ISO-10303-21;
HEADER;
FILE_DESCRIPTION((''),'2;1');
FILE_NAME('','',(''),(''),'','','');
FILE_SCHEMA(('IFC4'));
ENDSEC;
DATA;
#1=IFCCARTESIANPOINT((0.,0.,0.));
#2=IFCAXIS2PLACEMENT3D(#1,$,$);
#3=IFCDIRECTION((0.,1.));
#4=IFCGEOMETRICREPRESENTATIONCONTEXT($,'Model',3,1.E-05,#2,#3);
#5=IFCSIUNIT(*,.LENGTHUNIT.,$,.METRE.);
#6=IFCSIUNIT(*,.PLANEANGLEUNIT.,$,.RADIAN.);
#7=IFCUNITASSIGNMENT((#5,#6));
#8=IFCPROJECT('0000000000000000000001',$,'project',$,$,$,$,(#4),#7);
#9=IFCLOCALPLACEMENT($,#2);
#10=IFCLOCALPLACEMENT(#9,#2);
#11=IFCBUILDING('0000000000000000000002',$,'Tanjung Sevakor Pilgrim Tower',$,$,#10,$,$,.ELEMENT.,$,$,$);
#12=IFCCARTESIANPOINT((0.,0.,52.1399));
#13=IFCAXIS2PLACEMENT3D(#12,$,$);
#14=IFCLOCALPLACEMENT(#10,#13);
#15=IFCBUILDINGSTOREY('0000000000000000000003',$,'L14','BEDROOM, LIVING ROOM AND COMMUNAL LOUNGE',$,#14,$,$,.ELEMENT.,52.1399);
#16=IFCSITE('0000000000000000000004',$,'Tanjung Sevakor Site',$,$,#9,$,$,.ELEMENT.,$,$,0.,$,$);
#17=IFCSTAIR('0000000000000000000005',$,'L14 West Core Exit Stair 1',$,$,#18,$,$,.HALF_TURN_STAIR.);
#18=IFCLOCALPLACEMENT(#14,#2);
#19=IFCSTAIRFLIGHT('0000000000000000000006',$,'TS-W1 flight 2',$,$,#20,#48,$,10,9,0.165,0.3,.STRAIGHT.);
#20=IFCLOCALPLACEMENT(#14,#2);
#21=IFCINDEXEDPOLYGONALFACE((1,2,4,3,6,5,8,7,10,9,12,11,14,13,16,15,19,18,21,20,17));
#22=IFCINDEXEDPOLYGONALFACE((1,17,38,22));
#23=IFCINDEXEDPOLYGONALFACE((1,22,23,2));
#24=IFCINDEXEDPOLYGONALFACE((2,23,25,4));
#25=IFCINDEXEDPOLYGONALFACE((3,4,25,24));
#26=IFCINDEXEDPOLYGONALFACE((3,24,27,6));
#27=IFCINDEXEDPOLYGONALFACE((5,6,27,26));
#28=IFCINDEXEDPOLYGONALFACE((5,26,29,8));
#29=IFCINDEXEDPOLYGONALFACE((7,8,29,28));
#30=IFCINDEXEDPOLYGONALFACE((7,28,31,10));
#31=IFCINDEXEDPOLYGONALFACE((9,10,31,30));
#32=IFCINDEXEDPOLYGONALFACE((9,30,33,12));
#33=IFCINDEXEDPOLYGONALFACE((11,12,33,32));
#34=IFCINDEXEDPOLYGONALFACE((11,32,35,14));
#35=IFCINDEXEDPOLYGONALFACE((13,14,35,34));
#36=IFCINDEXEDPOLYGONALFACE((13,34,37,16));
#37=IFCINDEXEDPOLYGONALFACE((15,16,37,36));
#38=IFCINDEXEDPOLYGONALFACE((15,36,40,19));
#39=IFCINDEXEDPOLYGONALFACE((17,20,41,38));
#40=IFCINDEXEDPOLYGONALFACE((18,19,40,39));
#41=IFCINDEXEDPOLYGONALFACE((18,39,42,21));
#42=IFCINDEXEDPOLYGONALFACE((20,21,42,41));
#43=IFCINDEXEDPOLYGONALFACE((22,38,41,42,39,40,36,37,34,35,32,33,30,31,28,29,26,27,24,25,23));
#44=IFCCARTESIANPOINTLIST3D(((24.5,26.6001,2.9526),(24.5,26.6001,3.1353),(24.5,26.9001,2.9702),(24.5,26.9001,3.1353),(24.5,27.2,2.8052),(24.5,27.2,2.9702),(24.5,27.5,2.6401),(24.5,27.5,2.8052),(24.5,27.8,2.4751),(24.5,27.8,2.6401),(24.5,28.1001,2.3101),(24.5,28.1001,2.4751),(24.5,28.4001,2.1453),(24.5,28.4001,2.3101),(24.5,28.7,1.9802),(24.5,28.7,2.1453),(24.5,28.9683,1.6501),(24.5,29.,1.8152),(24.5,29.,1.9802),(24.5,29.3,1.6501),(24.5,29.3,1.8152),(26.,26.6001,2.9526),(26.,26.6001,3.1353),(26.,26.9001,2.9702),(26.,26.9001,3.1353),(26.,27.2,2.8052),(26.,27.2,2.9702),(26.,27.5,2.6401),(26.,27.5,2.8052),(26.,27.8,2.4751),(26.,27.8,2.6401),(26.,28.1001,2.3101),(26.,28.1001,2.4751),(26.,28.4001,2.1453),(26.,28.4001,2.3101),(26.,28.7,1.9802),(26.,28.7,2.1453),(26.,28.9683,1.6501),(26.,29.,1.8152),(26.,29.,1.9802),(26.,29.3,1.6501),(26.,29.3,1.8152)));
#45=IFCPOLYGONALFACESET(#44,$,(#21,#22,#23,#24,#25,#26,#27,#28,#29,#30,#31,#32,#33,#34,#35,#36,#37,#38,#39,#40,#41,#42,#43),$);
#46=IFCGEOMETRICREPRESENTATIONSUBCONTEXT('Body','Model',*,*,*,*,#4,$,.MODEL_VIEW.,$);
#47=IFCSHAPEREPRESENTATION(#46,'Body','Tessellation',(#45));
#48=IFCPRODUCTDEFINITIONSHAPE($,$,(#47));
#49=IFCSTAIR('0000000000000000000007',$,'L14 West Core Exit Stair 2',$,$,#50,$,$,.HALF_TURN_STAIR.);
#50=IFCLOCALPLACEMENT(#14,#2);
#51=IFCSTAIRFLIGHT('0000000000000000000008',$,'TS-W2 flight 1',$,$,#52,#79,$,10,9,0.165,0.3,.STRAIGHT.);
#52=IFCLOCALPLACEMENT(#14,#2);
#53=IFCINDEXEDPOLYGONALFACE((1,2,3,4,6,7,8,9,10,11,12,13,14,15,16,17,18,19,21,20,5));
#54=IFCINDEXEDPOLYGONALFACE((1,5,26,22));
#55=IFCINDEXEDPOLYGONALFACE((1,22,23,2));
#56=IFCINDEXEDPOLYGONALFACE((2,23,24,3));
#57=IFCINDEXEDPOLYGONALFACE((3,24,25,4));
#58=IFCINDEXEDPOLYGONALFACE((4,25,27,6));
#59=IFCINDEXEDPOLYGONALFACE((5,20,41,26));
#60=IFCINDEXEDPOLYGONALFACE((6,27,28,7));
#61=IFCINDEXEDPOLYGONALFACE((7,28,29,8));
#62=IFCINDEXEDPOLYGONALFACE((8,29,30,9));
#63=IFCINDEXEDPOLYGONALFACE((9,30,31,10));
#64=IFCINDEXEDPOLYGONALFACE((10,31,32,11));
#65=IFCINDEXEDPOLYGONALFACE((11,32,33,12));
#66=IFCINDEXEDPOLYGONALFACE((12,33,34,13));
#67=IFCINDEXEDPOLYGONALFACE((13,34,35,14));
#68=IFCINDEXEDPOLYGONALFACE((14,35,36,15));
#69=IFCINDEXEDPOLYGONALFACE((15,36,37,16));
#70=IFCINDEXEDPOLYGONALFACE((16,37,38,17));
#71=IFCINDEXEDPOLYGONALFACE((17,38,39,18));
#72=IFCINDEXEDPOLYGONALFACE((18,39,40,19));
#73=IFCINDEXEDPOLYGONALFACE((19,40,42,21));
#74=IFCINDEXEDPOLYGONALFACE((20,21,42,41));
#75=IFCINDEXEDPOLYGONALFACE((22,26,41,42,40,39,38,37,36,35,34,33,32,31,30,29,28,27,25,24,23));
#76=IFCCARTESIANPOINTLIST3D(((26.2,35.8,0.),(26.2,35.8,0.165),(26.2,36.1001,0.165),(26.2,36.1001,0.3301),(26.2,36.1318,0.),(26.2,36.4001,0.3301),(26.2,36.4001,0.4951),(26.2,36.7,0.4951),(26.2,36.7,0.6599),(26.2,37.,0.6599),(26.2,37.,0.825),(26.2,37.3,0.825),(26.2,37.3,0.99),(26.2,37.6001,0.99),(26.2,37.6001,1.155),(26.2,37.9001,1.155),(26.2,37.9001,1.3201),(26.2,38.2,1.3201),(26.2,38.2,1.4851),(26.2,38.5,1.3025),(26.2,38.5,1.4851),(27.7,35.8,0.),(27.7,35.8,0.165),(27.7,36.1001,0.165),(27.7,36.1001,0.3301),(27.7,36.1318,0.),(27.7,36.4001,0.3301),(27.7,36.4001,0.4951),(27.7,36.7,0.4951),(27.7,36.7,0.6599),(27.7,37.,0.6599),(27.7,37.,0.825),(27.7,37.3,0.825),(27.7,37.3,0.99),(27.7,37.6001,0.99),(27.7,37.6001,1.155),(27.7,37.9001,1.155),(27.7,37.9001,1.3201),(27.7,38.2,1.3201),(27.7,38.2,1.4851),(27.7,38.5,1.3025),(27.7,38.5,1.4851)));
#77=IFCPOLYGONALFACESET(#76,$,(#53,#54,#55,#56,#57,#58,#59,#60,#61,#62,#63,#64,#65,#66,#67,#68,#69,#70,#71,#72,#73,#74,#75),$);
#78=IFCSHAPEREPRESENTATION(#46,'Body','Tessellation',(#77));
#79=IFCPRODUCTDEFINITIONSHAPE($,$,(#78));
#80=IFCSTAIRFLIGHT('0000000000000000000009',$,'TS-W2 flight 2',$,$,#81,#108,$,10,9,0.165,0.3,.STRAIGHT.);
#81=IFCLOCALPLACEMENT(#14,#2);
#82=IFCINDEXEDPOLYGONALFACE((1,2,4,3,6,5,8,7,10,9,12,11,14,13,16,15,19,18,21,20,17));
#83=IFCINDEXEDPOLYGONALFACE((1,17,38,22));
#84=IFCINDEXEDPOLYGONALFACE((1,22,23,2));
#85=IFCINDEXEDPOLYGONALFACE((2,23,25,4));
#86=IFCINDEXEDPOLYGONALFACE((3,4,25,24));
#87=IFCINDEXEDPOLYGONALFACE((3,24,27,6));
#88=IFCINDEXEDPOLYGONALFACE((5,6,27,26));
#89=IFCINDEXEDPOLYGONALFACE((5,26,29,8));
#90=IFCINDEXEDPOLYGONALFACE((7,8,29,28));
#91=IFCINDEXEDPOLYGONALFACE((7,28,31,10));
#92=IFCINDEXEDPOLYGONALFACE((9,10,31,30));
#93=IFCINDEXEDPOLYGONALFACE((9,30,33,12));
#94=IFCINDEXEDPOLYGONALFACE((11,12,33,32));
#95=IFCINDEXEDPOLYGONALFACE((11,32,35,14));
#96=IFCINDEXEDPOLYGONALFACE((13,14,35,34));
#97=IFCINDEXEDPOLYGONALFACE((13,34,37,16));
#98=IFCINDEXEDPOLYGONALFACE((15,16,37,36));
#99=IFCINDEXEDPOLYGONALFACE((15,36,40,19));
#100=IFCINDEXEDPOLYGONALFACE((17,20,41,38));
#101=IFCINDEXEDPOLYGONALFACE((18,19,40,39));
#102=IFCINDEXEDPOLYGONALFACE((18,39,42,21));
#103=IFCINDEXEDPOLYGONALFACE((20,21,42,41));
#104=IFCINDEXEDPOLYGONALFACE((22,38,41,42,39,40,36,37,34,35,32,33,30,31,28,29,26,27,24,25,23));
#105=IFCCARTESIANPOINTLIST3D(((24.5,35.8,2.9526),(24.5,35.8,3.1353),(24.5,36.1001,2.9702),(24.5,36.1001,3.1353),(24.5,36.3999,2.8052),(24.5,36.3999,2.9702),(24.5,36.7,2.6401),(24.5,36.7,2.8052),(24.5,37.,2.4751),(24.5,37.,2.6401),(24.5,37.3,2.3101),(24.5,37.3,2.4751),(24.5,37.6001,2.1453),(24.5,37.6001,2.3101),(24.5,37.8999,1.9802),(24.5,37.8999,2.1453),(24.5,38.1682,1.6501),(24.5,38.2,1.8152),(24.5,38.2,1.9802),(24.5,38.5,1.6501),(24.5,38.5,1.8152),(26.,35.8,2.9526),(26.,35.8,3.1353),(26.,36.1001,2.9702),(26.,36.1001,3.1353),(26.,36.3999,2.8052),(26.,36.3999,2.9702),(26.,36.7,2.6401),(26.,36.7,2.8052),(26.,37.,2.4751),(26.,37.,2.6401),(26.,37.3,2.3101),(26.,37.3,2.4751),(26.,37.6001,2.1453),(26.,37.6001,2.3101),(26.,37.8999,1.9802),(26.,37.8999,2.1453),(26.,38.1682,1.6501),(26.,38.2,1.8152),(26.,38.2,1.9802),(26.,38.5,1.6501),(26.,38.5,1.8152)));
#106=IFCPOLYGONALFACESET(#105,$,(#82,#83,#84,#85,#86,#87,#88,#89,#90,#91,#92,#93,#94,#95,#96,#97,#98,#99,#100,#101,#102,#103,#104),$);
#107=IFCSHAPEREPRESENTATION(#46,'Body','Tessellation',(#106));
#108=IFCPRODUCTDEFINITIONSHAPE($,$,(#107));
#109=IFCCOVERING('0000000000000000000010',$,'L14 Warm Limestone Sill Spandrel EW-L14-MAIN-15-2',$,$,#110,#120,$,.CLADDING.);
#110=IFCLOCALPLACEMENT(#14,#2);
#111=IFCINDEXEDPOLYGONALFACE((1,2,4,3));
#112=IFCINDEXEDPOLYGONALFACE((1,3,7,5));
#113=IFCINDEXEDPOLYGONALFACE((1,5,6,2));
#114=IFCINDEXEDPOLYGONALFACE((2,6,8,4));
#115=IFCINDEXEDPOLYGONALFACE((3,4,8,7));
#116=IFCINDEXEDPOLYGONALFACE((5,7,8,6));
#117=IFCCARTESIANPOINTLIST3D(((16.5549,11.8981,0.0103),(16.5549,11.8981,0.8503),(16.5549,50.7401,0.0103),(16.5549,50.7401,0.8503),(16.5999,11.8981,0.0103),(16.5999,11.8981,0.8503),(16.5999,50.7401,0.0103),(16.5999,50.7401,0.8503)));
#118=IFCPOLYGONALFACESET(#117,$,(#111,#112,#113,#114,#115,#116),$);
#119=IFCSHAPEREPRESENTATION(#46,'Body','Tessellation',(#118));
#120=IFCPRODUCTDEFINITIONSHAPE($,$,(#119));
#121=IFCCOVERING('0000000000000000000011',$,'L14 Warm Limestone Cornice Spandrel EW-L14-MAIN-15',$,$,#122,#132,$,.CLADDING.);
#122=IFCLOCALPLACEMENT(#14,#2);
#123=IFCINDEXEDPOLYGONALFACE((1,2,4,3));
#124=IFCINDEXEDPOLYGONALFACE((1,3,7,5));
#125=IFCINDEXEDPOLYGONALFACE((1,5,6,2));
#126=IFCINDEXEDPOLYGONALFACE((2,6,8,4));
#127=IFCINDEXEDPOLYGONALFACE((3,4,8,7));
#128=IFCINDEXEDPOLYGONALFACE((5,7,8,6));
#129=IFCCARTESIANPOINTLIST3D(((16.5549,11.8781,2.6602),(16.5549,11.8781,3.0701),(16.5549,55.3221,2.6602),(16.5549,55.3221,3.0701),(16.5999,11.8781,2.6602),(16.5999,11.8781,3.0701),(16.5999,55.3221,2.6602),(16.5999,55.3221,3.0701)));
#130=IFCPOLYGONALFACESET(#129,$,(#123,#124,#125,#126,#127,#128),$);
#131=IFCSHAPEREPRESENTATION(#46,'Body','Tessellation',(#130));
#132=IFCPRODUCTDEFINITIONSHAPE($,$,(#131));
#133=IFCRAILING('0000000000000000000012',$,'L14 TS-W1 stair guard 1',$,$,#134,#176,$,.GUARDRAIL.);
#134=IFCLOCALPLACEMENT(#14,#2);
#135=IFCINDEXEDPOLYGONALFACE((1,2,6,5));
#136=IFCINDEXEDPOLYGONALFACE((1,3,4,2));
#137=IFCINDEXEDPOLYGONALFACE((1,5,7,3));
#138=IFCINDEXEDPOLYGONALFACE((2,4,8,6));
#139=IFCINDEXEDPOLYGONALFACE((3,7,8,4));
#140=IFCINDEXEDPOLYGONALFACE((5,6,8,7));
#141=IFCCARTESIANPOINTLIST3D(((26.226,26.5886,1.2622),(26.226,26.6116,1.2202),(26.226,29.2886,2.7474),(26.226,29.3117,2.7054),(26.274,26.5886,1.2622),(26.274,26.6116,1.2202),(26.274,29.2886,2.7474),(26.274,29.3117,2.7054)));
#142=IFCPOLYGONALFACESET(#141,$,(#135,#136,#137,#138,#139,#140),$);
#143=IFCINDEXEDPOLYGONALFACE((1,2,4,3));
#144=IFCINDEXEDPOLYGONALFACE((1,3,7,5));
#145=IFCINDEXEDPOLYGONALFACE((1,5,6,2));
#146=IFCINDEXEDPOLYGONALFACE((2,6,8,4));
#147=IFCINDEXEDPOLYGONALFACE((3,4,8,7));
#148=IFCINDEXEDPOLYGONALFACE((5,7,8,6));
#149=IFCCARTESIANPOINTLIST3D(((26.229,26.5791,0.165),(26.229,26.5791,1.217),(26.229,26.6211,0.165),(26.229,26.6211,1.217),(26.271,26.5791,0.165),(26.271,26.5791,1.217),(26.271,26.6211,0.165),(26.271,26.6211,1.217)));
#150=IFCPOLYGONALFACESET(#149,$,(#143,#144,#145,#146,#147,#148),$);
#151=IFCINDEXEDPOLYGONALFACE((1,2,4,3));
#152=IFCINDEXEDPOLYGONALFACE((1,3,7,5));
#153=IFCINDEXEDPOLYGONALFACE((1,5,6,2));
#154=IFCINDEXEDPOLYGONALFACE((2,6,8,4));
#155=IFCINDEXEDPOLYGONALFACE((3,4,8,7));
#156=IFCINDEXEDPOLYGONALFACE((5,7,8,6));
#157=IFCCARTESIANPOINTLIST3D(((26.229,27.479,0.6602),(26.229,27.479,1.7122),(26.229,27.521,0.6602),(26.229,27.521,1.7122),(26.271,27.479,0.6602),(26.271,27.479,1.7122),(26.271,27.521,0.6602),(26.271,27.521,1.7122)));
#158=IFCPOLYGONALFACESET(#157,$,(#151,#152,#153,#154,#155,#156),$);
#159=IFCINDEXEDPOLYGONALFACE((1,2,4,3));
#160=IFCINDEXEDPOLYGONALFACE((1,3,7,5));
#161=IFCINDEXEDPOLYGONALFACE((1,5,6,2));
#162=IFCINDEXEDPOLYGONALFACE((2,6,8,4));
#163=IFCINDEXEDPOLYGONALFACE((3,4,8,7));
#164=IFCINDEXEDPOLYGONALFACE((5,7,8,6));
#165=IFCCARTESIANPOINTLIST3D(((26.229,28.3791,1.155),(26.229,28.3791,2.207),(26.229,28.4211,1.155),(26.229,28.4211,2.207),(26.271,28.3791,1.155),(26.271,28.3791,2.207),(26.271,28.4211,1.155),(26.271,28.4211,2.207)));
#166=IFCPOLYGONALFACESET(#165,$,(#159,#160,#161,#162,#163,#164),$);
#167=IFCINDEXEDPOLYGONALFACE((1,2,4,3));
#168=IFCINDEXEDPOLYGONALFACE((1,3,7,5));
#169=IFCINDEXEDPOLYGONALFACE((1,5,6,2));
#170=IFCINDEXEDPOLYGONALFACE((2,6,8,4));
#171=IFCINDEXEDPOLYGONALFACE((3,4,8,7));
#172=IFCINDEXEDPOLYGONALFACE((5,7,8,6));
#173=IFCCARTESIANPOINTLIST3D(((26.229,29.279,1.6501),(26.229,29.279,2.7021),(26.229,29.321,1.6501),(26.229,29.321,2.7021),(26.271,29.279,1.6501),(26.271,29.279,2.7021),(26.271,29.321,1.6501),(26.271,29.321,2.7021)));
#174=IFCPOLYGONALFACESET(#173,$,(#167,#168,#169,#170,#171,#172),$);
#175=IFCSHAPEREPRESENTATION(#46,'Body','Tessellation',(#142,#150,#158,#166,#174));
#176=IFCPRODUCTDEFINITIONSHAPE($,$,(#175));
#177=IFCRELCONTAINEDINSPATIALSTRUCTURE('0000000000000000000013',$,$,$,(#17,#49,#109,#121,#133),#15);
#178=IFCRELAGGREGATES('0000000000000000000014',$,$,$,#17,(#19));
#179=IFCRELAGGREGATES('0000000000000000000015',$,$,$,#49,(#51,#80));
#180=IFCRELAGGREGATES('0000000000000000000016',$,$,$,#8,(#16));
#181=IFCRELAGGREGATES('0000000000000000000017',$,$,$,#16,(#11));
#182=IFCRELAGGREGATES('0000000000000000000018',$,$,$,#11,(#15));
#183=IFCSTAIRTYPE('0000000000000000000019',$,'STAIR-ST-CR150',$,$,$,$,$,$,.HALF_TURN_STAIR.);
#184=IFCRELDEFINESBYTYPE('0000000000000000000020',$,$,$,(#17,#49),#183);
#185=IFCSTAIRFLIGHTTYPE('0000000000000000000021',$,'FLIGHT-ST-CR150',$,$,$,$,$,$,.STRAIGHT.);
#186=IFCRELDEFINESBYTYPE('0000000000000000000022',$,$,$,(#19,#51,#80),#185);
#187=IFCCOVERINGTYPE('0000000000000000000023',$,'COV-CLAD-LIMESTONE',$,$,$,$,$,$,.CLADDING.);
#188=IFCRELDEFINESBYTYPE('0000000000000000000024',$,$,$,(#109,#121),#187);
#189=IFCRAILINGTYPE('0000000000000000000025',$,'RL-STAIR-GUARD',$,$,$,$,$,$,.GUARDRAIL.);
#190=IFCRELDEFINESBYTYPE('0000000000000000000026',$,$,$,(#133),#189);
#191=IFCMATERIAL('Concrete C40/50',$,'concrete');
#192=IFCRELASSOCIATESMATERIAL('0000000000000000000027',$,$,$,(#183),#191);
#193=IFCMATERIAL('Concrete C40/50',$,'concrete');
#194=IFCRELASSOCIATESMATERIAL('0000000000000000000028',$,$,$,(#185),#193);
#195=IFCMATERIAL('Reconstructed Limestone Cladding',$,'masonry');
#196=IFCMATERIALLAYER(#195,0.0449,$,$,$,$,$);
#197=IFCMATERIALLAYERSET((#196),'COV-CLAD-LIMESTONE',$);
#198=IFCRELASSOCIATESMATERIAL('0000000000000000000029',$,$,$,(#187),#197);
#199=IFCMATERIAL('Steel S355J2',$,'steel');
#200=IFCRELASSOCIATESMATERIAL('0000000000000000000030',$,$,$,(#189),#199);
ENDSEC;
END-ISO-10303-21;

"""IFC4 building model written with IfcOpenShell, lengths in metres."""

from ifc_helpers import new_model, si_unit, direction, frame, origin, origin_2d, place, context, subcontext, project, spatial, polyline, rectangle, outline, extrude, material, layer, layer_set, type_object, element, aggregate, save


model = new_model("IFC4")

# Units and contexts
model_context = context("Model", 3, precision=1e-05, world=origin(), true_north=direction((0.0, 1.0)))
body_context = subcontext(model_context, "Body", "Model", "MODEL_VIEW")
ifc_project = project(units=[si_unit("LENGTHUNIT", "METRE"), si_unit("PLANEANGLEUNIT", "RADIAN")], contexts=[model_context])

# Site, building, storey
site_placement = place(None, origin())
site = spatial("IfcSite", under=ifc_project, at=site_placement, Name="Tanjung Sevakor Site", CompositionType="ELEMENT", RefElevation=0.0)
building_placement = place(site_placement, origin())
building = spatial("IfcBuilding", under=site, at=building_placement, Name="Tanjung Sevakor Pilgrim Tower", CompositionType="ELEMENT")
storey_placement = place(building_placement, frame((0.0, 0.0, 52.1399)))
storey = spatial("IfcBuildingStorey", under=building, at=storey_placement, Name="L14", Description="BEDROOM, LIVING ROOM AND COMMUNAL LOUNGE", CompositionType="ELEMENT", Elevation=52.1399)

# Stairs, stair flights
ifc_material_1 = material(Name="Concrete C40/50", Category="concrete")
stair_type = type_object("IfcStairType", Name="STAIR-ST-CR150", PredefinedType="HALF_TURN_STAIR", material=ifc_material_1)
stair_1_placement = place(storey_placement, origin())
stair_1 = element("IfcStair", 1, at=stair_1_placement, inside=storey, type_object=stair_type, Name="L14 West Core Exit Stair 1", PredefinedType="HALF_TURN_STAIR")
ifc_material_2 = material(Name="Concrete C40/50", Category="concrete")
stair_flight_type = type_object("IfcStairFlightType", Name="FLIGHT-ST-CR150", PredefinedType="STRAIGHT", material=ifc_material_2)
stair_flight_1_placement = place(storey_placement, frame((25.25, 29.3, 1.6501), z_axis=(0.0, 0.0, 1.0), x_axis=(0.0, -1.0, 0.0)))
stair_flight_1 = element("IfcStairFlight", 2, at=stair_flight_1_placement, type_object=stair_flight_type, Name="TS-W1 flight 2", NumberOfRisers=10, NumberOfTreads=9, PredefinedType="STRAIGHT", RiserHeight=0.165, TreadLength=0.3, context=body_context, shape_type="SweptSolid", body=[
    extrude(outline(polyline([(0.0, 0.0), (0.0, 0.165), (0.3, 0.165), (0.3, 0.3301), (0.6001, 0.3301), (0.6001, 0.4951), (0.8999, 0.4951), (0.8999, 0.6599), (1.2, 0.6599), (1.2, 0.825), (1.5, 0.825), (1.5, 0.99), (1.8, 0.99), (1.8, 1.155), (2.1001, 1.155), (2.1001, 1.3201), (2.3999, 1.3201), (2.3999, 1.4851), (2.7, 1.4851), (2.7, 1.6499), (2.7, 1.3025), (0.3318, 0.0), (0.0, 0.0)])), frame((0.0, 0.75, 0.0), z_axis=(0.0, -1.0, 0.0), x_axis=(1.0, 0.0, 0.0)), (0.0, 0.0, 1.0), 1.5),
])
aggregate(stair_1, [stair_flight_1])
stair_2_placement = place(storey_placement, origin())
stair_2 = element("IfcStair", 3, at=stair_2_placement, inside=storey, type_object=stair_type, Name="L14 West Core Exit Stair 2", PredefinedType="HALF_TURN_STAIR")
stair_flight_2_placement = place(storey_placement, frame((26.95, 35.8, 0.0), z_axis=(0.0, 0.0, 1.0), x_axis=(0.0, 1.0, 0.0)))
stair_flight_2 = element("IfcStairFlight", 4, at=stair_flight_2_placement, type_object=stair_flight_type, Name="TS-W2 flight 1", NumberOfRisers=10, NumberOfTreads=9, PredefinedType="STRAIGHT", RiserHeight=0.165, TreadLength=0.3, context=body_context, shape_type="SweptSolid", body=[
    extrude(outline(polyline([(0.0, 0.0), (0.0, 0.165), (0.3, 0.165), (0.3, 0.3301), (0.6001, 0.3301), (0.6001, 0.4951), (0.8999, 0.4951), (0.8999, 0.6599), (1.2, 0.6599), (1.2, 0.825), (1.5, 0.825), (1.5, 0.99), (1.8, 0.99), (1.8, 1.155), (2.1001, 1.155), (2.1001, 1.3201), (2.3999, 1.3201), (2.3999, 1.4851), (2.7, 1.4851), (2.7, 1.6499), (2.7, 1.3025), (0.3318, 0.0), (0.0, 0.0)])), frame((0.0, 0.75, 0.0), z_axis=(0.0, -1.0, 0.0), x_axis=(1.0, 0.0, 0.0)), (0.0, 0.0, 1.0), 1.5),
])
stair_flight_3_placement = place(storey_placement, frame((25.25, 38.5, 1.6501), z_axis=(0.0, 0.0, 1.0), x_axis=(0.0, -1.0, 0.0)))
stair_flight_3 = element("IfcStairFlight", 5, at=stair_flight_3_placement, type_object=stair_flight_type, Name="TS-W2 flight 2", NumberOfRisers=10, NumberOfTreads=9, PredefinedType="STRAIGHT", RiserHeight=0.165, TreadLength=0.3, context=body_context, shape_type="SweptSolid", body=[
    extrude(outline(polyline([(0.0, 0.0), (0.0, 0.165), (0.3, 0.165), (0.3, 0.3301), (0.6001, 0.3301), (0.6001, 0.4951), (0.8999, 0.4951), (0.8999, 0.6599), (1.2, 0.6599), (1.2, 0.825), (1.5, 0.825), (1.5, 0.99), (1.8, 0.99), (1.8, 1.155), (2.1001, 1.155), (2.1001, 1.3201), (2.3999, 1.3201), (2.3999, 1.4851), (2.7, 1.4851), (2.7, 1.6499), (2.7, 1.3025), (0.3318, 0.0), (0.0, 0.0)])), frame((0.0, 0.75, 0.0), z_axis=(0.0, -1.0, 0.0), x_axis=(1.0, 0.0, 0.0)), (0.0, 0.0, 1.0), 1.5),
])
aggregate(stair_2, [stair_flight_2, stair_flight_3])

# Coverings
ifc_material_3 = material(Name="Reconstructed Limestone Cladding", Category="masonry")
ifc_layer_1 = layer(ifc_material_3, 0.0449)
ifc_layer_set_1 = layer_set([ifc_layer_1], Name="COV-CLAD-LIMESTONE")
covering_type = type_object("IfcCoveringType", Name="COV-CLAD-LIMESTONE", PredefinedType="CLADDING", material=ifc_layer_set_1)
covering_1_placement = place(storey_placement, frame((16.5774, 31.3191, 0.0103), z_axis=(0.0, 0.0, 1.0), x_axis=(0.0, -1.0, 0.0)))
element("IfcCovering", 6, at=covering_1_placement, inside=storey, type_object=covering_type, Name="L14 Warm Limestone Sill Spandrel EW-L14-MAIN-15-2", PredefinedType="CLADDING", context=body_context, shape_type="SweptSolid", body=[
    extrude(rectangle(XDim=38.842, YDim=0.0449, at=origin_2d()), origin(), (0.0, 0.0, 1.0), 0.8401),
])
covering_2_placement = place(storey_placement, frame((16.5774, 33.6001, 2.6602), z_axis=(0.0, 0.0, 1.0), x_axis=(0.0, -1.0, 0.0)))
element("IfcCovering", 7, at=covering_2_placement, inside=storey, type_object=covering_type, Name="L14 Warm Limestone Cornice Spandrel EW-L14-MAIN-15", PredefinedType="CLADDING", context=body_context, shape_type="SweptSolid", body=[
    extrude(rectangle(XDim=43.4441, YDim=0.0449, at=origin_2d()), origin(), (0.0, 0.0, 1.0), 0.4099),
])

# Railing
ifc_material_4 = material(Name="Steel S355J2", Category="steel")
railing_type_1 = type_object("IfcRailingType", Name="RL-STAIR-GUARD", PredefinedType="GUARDRAIL", material=ifc_material_4)
railing_1_placement = place(storey_placement, frame((26.25, 26.6001, 0.165)))
element("IfcRailing", 8, at=railing_1_placement, inside=storey, type_object=railing_type_1, Name="L14 TS-W1 stair guard 1", PredefinedType="GUARDRAIL", context=body_context, shape_type="SweptSolid", body=[
    extrude(rectangle(XDim=0.0479, YDim=0.0479), frame((0.0, 0.0, 1.0762), z_axis=(0.0, 0.876198, 0.481952), x_axis=(-1.0, 0.0, 0.0)), (0.0, 0.0, 1.0), 3.0815),
    extrude(rectangle(XDim=0.042, YDim=0.042), origin(), (0.0, 0.0, 1.0), 1.052),
    extrude(rectangle(XDim=0.042, YDim=0.042), frame((0.0, 0.8999, 0.4951)), (0.0, 0.0, 1.0), 1.052),
    extrude(rectangle(XDim=0.042, YDim=0.042), frame((0.0, 1.8, 0.99)), (0.0, 0.0, 1.0), 1.052),
    extrude(rectangle(XDim=0.042, YDim=0.042), frame((0.0, 2.7, 1.4851)), (0.0, 0.0, 1.0), 1.052),
])

save(model, "model.ifc")
